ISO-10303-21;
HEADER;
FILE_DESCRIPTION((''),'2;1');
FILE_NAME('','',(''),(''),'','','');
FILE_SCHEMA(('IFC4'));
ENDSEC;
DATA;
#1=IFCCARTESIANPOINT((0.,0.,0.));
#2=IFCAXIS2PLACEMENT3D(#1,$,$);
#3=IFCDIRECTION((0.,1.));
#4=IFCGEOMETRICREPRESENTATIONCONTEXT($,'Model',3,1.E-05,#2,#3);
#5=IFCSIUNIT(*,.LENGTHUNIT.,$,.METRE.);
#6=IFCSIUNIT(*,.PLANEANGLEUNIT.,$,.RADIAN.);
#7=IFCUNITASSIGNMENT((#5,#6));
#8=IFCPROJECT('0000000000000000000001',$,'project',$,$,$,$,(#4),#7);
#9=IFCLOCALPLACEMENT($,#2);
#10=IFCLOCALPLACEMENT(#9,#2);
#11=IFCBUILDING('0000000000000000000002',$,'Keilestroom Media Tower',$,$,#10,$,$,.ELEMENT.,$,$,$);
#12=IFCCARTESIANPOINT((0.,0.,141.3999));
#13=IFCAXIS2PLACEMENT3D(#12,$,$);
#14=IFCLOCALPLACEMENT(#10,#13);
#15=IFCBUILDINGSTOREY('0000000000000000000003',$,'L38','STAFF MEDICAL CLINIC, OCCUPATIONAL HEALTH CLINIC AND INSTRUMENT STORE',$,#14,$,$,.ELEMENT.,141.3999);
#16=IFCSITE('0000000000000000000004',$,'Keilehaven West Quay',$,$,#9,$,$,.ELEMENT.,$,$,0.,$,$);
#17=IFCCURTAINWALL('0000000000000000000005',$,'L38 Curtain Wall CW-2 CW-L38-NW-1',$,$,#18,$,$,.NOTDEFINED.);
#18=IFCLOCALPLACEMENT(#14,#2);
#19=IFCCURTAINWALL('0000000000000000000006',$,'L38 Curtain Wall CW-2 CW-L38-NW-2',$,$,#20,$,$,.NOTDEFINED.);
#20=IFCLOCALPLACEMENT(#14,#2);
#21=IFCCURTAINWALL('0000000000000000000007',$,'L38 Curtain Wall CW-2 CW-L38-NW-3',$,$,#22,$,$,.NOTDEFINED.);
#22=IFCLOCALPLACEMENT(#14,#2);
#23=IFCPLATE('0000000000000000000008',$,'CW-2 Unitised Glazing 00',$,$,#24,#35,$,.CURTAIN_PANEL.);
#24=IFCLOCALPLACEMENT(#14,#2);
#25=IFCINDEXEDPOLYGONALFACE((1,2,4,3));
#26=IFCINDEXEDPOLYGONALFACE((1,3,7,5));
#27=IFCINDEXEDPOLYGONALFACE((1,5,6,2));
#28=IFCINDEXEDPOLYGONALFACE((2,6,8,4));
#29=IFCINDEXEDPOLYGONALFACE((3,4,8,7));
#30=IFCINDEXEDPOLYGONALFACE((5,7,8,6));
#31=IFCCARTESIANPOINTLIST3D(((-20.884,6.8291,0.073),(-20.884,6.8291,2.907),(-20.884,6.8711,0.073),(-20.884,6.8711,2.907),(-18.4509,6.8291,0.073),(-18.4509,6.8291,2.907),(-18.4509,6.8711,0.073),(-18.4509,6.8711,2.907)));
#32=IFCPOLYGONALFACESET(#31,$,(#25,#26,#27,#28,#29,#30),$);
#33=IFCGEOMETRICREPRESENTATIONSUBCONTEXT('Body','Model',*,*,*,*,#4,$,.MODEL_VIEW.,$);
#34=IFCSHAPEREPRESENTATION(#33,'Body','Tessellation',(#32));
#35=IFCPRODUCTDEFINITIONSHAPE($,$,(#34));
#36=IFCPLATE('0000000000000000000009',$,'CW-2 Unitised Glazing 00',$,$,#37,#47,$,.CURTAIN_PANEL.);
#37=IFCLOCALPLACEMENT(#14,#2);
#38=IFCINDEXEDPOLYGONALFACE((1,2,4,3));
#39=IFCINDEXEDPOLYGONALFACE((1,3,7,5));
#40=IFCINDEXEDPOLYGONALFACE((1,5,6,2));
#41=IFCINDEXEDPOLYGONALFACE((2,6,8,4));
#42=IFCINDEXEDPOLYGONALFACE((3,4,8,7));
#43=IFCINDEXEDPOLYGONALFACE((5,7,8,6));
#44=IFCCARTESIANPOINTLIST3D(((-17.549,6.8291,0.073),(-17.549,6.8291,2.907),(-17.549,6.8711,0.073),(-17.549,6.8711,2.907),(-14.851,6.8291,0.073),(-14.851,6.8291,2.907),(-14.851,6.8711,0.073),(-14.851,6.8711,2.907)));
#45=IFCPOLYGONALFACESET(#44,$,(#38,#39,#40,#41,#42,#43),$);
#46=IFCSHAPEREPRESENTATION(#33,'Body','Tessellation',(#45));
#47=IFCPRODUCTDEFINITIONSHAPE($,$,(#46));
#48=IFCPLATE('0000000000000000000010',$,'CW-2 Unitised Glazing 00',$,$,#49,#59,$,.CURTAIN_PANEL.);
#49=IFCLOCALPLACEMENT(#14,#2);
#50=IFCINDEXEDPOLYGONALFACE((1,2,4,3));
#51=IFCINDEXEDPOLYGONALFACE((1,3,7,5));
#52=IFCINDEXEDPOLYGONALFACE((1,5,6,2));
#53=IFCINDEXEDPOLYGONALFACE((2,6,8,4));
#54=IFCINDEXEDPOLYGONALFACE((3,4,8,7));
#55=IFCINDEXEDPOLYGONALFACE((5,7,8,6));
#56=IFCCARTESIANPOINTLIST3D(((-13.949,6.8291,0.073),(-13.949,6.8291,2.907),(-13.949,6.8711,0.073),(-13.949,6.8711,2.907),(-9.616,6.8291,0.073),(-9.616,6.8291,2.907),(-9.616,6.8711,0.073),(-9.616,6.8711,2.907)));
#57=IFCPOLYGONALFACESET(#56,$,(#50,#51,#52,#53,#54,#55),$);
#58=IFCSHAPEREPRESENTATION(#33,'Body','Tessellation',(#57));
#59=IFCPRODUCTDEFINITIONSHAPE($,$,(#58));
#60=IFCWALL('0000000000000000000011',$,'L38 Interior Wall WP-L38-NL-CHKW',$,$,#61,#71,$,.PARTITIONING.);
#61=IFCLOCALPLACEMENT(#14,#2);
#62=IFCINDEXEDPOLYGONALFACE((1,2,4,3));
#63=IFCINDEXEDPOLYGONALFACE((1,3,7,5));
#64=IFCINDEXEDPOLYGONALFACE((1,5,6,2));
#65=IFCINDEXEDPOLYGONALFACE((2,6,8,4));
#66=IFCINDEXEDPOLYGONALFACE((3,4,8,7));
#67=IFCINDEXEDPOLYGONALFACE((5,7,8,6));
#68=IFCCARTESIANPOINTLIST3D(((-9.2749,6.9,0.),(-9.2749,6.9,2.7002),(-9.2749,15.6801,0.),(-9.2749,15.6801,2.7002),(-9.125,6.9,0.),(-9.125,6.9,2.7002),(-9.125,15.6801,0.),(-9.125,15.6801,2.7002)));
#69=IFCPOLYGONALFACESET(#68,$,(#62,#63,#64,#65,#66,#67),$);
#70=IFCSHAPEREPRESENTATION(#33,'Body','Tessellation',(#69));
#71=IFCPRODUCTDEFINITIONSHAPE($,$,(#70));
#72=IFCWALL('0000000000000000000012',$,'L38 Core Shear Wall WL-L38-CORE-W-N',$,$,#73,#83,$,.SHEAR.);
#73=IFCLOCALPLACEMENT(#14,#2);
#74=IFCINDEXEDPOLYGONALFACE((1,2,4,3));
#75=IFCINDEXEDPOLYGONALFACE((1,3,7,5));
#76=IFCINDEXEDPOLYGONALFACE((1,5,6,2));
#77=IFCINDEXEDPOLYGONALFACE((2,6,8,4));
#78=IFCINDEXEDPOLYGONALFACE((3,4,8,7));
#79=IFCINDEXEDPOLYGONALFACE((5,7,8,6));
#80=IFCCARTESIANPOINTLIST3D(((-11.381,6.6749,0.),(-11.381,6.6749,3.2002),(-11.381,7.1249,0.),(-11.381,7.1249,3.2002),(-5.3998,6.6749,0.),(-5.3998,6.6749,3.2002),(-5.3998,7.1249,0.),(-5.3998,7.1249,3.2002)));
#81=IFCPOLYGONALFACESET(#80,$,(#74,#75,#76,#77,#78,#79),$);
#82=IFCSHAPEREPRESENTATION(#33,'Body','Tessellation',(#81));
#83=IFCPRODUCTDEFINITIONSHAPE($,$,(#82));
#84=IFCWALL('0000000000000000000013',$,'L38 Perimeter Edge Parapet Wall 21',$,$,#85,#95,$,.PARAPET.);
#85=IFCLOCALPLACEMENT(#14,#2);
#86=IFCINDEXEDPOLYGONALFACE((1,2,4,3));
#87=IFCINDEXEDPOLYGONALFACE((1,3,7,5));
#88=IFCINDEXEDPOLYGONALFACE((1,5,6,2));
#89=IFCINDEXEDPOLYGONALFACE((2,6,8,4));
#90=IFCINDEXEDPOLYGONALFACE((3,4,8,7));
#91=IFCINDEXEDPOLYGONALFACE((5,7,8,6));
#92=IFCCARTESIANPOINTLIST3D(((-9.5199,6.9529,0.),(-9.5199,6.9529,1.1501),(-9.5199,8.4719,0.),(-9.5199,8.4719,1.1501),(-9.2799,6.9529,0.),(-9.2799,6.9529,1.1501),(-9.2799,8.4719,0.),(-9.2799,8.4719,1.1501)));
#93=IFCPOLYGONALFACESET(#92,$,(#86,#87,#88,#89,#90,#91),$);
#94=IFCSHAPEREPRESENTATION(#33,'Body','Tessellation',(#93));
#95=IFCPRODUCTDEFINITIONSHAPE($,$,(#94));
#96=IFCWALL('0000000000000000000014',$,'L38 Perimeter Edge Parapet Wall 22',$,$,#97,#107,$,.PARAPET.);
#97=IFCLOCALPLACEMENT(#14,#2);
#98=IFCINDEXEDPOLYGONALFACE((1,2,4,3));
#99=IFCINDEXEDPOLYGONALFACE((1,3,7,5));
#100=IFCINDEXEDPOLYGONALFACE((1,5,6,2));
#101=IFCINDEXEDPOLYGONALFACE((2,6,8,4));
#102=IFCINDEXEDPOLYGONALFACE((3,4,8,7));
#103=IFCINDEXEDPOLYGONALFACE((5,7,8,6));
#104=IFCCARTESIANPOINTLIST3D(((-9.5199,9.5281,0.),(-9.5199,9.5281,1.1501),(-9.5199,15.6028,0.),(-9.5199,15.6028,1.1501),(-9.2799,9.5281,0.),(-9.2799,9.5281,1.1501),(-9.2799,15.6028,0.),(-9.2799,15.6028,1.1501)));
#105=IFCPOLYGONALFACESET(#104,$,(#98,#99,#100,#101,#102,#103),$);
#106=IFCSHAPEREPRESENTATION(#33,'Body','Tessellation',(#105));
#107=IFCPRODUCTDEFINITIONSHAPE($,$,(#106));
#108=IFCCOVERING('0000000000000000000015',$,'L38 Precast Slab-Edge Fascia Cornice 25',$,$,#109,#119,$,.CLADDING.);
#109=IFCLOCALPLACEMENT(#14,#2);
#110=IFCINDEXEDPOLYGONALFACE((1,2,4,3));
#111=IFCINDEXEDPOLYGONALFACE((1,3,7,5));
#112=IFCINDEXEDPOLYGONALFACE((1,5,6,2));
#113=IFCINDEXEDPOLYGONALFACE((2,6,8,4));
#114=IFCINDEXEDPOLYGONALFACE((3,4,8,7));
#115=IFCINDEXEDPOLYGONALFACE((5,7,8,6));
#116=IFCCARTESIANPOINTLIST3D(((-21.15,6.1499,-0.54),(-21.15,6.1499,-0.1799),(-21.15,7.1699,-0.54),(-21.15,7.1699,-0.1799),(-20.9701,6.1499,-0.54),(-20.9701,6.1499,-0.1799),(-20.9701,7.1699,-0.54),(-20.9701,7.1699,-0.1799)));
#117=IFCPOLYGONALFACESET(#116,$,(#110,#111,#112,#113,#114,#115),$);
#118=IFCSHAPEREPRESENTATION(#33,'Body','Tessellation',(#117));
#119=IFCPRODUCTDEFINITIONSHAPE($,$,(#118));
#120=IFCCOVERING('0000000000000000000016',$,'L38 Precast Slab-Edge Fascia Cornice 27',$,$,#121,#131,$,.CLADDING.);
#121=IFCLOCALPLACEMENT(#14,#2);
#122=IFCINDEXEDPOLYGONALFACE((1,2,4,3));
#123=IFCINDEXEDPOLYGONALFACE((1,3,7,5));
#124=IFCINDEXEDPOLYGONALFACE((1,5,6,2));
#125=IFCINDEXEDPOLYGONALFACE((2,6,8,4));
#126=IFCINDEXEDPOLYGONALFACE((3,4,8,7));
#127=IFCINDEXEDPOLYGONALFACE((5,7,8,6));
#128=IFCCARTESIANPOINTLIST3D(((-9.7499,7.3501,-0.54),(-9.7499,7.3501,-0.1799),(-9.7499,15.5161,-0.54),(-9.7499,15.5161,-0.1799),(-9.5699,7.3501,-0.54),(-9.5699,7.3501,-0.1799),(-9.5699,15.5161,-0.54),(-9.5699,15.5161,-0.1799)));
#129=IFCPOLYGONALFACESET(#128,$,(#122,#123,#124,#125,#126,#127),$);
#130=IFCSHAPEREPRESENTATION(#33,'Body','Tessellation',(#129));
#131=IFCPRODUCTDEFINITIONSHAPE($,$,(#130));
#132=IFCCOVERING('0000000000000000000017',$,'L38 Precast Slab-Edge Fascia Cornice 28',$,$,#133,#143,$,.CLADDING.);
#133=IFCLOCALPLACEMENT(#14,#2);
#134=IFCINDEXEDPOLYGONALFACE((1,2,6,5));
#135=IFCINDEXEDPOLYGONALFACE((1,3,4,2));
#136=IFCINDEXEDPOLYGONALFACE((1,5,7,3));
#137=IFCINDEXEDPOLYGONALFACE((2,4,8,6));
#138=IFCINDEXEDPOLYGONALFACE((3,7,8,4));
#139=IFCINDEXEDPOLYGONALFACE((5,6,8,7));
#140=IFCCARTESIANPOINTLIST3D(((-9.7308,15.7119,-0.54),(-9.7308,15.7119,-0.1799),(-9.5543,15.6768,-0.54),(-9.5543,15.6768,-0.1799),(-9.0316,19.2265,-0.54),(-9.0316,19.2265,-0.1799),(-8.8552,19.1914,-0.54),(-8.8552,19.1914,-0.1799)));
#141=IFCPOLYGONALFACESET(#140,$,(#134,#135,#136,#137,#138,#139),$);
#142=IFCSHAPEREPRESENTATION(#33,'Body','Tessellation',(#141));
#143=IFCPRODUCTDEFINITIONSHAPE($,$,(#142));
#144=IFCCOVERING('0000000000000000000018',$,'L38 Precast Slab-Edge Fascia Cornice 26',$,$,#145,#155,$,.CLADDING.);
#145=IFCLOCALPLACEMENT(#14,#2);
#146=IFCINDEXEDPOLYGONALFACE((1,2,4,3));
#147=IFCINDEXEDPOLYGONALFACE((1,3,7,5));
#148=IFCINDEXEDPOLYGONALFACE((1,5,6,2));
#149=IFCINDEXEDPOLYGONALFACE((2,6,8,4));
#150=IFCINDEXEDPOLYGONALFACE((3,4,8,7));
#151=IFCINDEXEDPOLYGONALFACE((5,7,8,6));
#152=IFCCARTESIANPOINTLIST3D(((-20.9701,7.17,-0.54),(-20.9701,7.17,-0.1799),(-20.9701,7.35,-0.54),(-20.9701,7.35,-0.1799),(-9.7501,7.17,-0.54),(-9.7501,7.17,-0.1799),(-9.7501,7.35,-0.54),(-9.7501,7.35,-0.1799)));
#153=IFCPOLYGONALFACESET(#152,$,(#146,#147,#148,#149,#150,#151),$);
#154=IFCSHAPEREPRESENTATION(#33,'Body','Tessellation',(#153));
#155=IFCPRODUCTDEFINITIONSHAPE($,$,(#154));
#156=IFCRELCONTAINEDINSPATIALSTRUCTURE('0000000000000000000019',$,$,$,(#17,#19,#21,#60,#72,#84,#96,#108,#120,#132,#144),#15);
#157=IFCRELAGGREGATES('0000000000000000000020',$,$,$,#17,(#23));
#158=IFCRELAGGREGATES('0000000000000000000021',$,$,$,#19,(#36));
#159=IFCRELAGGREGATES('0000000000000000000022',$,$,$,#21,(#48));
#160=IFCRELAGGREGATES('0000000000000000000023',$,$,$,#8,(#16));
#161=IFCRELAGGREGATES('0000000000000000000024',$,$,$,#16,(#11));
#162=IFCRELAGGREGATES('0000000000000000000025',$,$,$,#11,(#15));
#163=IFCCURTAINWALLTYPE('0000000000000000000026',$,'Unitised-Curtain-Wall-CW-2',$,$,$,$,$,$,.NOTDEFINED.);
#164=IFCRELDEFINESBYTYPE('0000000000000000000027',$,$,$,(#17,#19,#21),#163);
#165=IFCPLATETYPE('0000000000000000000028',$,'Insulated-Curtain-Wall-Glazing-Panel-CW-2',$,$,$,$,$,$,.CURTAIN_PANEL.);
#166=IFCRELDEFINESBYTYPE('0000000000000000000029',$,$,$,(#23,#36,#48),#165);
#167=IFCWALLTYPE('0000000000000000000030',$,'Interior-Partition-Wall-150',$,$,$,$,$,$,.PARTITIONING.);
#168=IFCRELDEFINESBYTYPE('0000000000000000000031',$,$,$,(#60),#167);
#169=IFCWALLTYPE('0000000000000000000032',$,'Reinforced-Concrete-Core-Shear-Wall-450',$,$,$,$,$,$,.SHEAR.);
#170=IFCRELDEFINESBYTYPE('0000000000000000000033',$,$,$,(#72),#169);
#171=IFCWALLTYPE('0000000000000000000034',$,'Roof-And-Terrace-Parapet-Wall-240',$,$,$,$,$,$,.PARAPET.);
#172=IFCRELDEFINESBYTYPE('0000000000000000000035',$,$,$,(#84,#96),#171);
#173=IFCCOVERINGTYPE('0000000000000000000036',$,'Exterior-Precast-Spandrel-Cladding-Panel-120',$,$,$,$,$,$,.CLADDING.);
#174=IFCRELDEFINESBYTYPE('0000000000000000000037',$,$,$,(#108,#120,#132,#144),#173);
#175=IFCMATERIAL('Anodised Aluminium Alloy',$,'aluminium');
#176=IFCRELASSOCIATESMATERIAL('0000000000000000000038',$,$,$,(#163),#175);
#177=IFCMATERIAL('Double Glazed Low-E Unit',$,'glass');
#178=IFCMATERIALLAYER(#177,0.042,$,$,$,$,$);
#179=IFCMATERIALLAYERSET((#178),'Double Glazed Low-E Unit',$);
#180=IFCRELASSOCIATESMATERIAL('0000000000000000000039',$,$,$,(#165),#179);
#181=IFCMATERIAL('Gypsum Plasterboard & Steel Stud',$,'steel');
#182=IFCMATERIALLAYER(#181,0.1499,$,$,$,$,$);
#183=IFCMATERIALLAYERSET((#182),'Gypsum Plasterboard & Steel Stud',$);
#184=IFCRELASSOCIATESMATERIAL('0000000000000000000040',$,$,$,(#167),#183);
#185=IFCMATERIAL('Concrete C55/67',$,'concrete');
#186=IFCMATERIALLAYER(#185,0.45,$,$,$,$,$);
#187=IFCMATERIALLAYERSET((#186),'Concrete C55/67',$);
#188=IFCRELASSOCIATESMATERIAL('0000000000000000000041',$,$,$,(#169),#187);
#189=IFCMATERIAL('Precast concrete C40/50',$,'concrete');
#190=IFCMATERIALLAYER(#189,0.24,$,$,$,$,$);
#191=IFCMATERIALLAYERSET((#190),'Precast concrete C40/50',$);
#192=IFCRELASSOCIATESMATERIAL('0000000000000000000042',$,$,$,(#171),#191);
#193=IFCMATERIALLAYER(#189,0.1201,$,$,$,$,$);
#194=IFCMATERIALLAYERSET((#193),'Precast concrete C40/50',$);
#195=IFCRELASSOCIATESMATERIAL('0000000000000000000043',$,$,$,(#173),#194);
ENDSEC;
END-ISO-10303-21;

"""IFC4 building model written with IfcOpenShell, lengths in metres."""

from ifc_helpers import new_model, si_unit, direction, frame, frame_2d, origin, origin_2d, place, context, subcontext, project, spatial, rectangle, extrude, source, transform, mapped, material, layer, layer_set, type_object, element, aggregate, save


model = new_model("IFC4")

# Units and contexts
model_context = context("Model", 3, precision=1e-05, world=origin(), true_north=direction((0.0, 1.0)))
body_context = subcontext(model_context, "Body", "Model", "MODEL_VIEW")
ifc_project = project(units=[si_unit("LENGTHUNIT", "METRE"), si_unit("PLANEANGLEUNIT", "RADIAN")], contexts=[model_context])

# Site, building, storey
site_placement = place(None, origin())
site = spatial("IfcSite", under=ifc_project, at=site_placement, Name="Keilehaven West Quay", CompositionType="ELEMENT", RefElevation=0.0)
building_placement = place(site_placement, origin())
building = spatial("IfcBuilding", under=site, at=building_placement, Name="Keilestroom Media Tower", CompositionType="ELEMENT")
storey_placement = place(building_placement, frame((0.0, 0.0, 141.3999)))
storey = spatial("IfcBuildingStorey", under=building, at=storey_placement, Name="L38", Description="STAFF MEDICAL CLINIC, OCCUPATIONAL HEALTH CLINIC AND INSTRUMENT STORE", CompositionType="ELEMENT", Elevation=141.3999)

# Shared definitions
ifc_material_1 = material(Name="Precast concrete C40/50", Category="concrete")
ifc_material_2 = material(Name="Concrete C55/67", Category="concrete")

# Curtain walls
ifc_material_3 = material(Name="Anodised Aluminium Alloy", Category="aluminium")
curtain_wall_type = type_object("IfcCurtainWallType", Name="Unitised-Curtain-Wall-CW-2", PredefinedType="NOTDEFINED", material=ifc_material_3)
curtain_wall_1_placement = place(storey_placement, origin())
curtain_wall_1 = element("IfcCurtainWall", 1, at=curtain_wall_1_placement, inside=storey, type_object=curtain_wall_type, Name="L38 Curtain Wall CW-2 CW-L38-NW-1", PredefinedType="NOTDEFINED")
curtain_wall_2_placement = place(storey_placement, origin())
curtain_wall_2 = element("IfcCurtainWall", 2, at=curtain_wall_2_placement, inside=storey, type_object=curtain_wall_type, Name="L38 Curtain Wall CW-2 CW-L38-NW-2", PredefinedType="NOTDEFINED")
curtain_wall_3_placement = place(storey_placement, origin())
curtain_wall_3 = element("IfcCurtainWall", 3, at=curtain_wall_3_placement, inside=storey, type_object=curtain_wall_type, Name="L38 Curtain Wall CW-2 CW-L38-NW-3", PredefinedType="NOTDEFINED")

# Plates
ifc_material_4 = material(Name="Double Glazed Low-E Unit", Category="glass")
ifc_layer_1 = layer(ifc_material_4, 0.042)
ifc_layer_set_1 = layer_set([ifc_layer_1], Name="Double Glazed Low-E Unit")
plate_type = type_object("IfcPlateType", Name="Insulated-Curtain-Wall-Glazing-Panel-CW-2", PredefinedType="CURTAIN_PANEL", material=ifc_layer_set_1)
shared_shape_1 = source(origin(), body_context, "Body", "SweptSolid", [
    extrude(rectangle(XDim=2.4331, YDim=0.042, at=origin_2d()), origin(), (0.0, 0.0, 1.0), 2.834),
])
plate_1_placement = place(storey_placement, frame((-19.6675, 6.8501, 0.073), z_axis=(0.0, 0.0, 1.0), x_axis=(1.0, 0.0, 0.0)))
plate_1 = element("IfcPlate", 4, at=plate_1_placement, type_object=plate_type, Name="CW-2 Unitised Glazing 00", PredefinedType="CURTAIN_PANEL", context=body_context, shape_type="MappedRepresentation", body=[
    mapped(shared_shape_1, transform((0.0, 0.0, 0.0), x_axis=(1.0, 0.0, 0.0), y_axis=(0.0, 1.0, 0.0), z_axis=(0.0, 0.0, 1.0), scale=1.0)),
])
aggregate(curtain_wall_1, [plate_1])
shared_shape_2 = source(origin(), body_context, "Body", "SweptSolid", [
    extrude(rectangle(XDim=2.698, YDim=0.042, at=origin_2d()), origin(), (0.0, 0.0, 1.0), 2.834),
])
plate_2_placement = place(storey_placement, frame((-16.2, 6.8501, 0.073), z_axis=(0.0, 0.0, 1.0), x_axis=(1.0, 0.0, 0.0)))
plate_2 = element("IfcPlate", 5, at=plate_2_placement, type_object=plate_type, Name="CW-2 Unitised Glazing 00", PredefinedType="CURTAIN_PANEL", context=body_context, shape_type="MappedRepresentation", body=[
    mapped(shared_shape_2, transform((0.0, 0.0, 0.0), x_axis=(1.0, 0.0, 0.0), y_axis=(0.0, 1.0, 0.0), z_axis=(0.0, 0.0, 1.0), scale=1.0)),
])
aggregate(curtain_wall_2, [plate_2])
shared_shape_3 = source(origin(), body_context, "Body", "SweptSolid", [
    extrude(rectangle(XDim=4.333, YDim=0.042, at=origin_2d()), origin(), (0.0, 0.0, 1.0), 2.834),
])
plate_3_placement = place(storey_placement, frame((-11.7825, 6.8501, 0.073), z_axis=(0.0, 0.0, 1.0), x_axis=(1.0, 0.0, 0.0)))
plate_3 = element("IfcPlate", 6, at=plate_3_placement, type_object=plate_type, Name="CW-2 Unitised Glazing 00", PredefinedType="CURTAIN_PANEL", context=body_context, shape_type="MappedRepresentation", body=[
    mapped(shared_shape_3, transform((0.0, 0.0, 0.0), x_axis=(1.0, 0.0, 0.0), y_axis=(0.0, 1.0, 0.0), z_axis=(0.0, 0.0, 1.0), scale=1.0)),
])
aggregate(curtain_wall_3, [plate_3])

# Walls
ifc_material_5 = material(Name="Gypsum Plasterboard & Steel Stud", Category="steel")
ifc_layer_2 = layer(ifc_material_5, 0.1499)
ifc_layer_set_2 = layer_set([ifc_layer_2], Name="Gypsum Plasterboard & Steel Stud")
wall_type_1 = type_object("IfcWallType", Name="Interior-Partition-Wall-150", PredefinedType="PARTITIONING", material=ifc_layer_set_2)
wall_1_placement = place(storey_placement, frame((-9.2, 6.8999, 0.0), z_axis=(0.0, 0.0, 1.0), x_axis=(0.0, 1.0, 0.0)))
element("IfcWall", 7, at=wall_1_placement, inside=storey, type_object=wall_type_1, Name="L38 Interior Wall WP-L38-NL-CHKW", PredefinedType="PARTITIONING", context=body_context, shape_type="SweptSolid", body=[
    extrude(rectangle(XDim=8.78, YDim=0.1499, at=frame_2d((4.3901, 0.0))), origin(), (0.0, 0.0, 1.0), 2.7002),
])
ifc_layer_3 = layer(ifc_material_2, 0.45)
ifc_layer_set_3 = layer_set([ifc_layer_3], Name="Concrete C55/67")
wall_type_2 = type_object("IfcWallType", Name="Reinforced-Concrete-Core-Shear-Wall-450", PredefinedType="SHEAR", material=ifc_layer_set_3)
wall_2_placement = place(storey_placement, frame((-11.3811, 6.8999, 0.0), z_axis=(0.0, 0.0, 1.0), x_axis=(1.0, 0.0, 0.0)))
element("IfcWall", 8, at=wall_2_placement, inside=storey, type_object=wall_type_2, Name="L38 Core Shear Wall WL-L38-CORE-W-N", PredefinedType="SHEAR", context=body_context, shape_type="SweptSolid", body=[
    extrude(rectangle(XDim=5.9812, YDim=0.45, at=frame_2d((2.9907, 0.0))), origin(), (0.0, 0.0, 1.0), 3.2002),
])
ifc_layer_4 = layer(ifc_material_1, 0.24)
ifc_layer_set_4 = layer_set([ifc_layer_4], Name="Precast concrete C40/50")
wall_type_3 = type_object("IfcWallType", Name="Roof-And-Terrace-Parapet-Wall-240", PredefinedType="PARAPET", material=ifc_layer_set_4)
wall_3_placement = place(storey_placement, frame((-9.3999, 6.9529, 0.0), z_axis=(0.0, 0.0, 1.0), x_axis=(0.0, 1.0, 0.0)))
element("IfcWall", 9, at=wall_3_placement, inside=storey, type_object=wall_type_3, Name="L38 Perimeter Edge Parapet Wall 21", PredefinedType="PARAPET", context=body_context, shape_type="SweptSolid", body=[
    extrude(rectangle(XDim=1.519, YDim=0.24, at=frame_2d((0.7595, 0.0))), origin(), (0.0, 0.0, 1.0), 1.1501),
])
wall_4_placement = place(storey_placement, frame((-9.3999, 9.5281, 0.0), z_axis=(0.0, 0.0, 1.0), x_axis=(0.0, 1.0, 0.0)))
element("IfcWall", 10, at=wall_4_placement, inside=storey, type_object=wall_type_3, Name="L38 Perimeter Edge Parapet Wall 22", PredefinedType="PARAPET", context=body_context, shape_type="SweptSolid", body=[
    extrude(rectangle(XDim=6.0747, YDim=0.24, at=frame_2d((3.0374, 0.0))), origin(), (0.0, 0.0, 1.0), 1.1501),
])

# Coverings
ifc_layer_5 = layer(ifc_material_1, 0.1201)
ifc_layer_set_5 = layer_set([ifc_layer_5], Name="Precast concrete C40/50")
covering_type = type_object("IfcCoveringType", Name="Exterior-Precast-Spandrel-Cladding-Panel-120", PredefinedType="CLADDING", material=ifc_layer_set_5)
shared_shape_4 = source(origin(), body_context, "Body", "SweptSolid", [
    extrude(rectangle(XDim=1.02, YDim=0.1799, at=origin_2d()), origin(), (0.0, 0.0, 1.0), 0.3601),
])
covering_1_placement = place(storey_placement, frame((-21.0601, 6.6599, -0.54), z_axis=(0.0, 0.0, 1.0), x_axis=(0.0, 1.0, 0.0)))
element("IfcCovering", 11, at=covering_1_placement, inside=storey, type_object=covering_type, Name="L38 Precast Slab-Edge Fascia Cornice 25", PredefinedType="CLADDING", context=body_context, shape_type="MappedRepresentation", body=[
    mapped(shared_shape_4, transform((0.0, 0.0, 0.0), x_axis=(1.0, 0.0, 0.0), y_axis=(0.0, 1.0, 0.0), z_axis=(0.0, 0.0, 1.0), scale=1.0)),
])
shared_shape_5 = source(origin(), body_context, "Body", "SweptSolid", [
    extrude(rectangle(XDim=8.166, YDim=0.1799, at=origin_2d()), origin(), (0.0, 0.0, 1.0), 0.3601),
])
covering_2_placement = place(storey_placement, frame((-9.6599, 11.4331, -0.54), z_axis=(0.0, 0.0, 1.0), x_axis=(0.0, 1.0, 0.0)))
element("IfcCovering", 12, at=covering_2_placement, inside=storey, type_object=covering_type, Name="L38 Precast Slab-Edge Fascia Cornice 27", PredefinedType="CLADDING", context=body_context, shape_type="MappedRepresentation", body=[
    mapped(shared_shape_5, transform((0.0, 0.0, 0.0), x_axis=(1.0, 0.0, 0.0), y_axis=(0.0, 1.0, 0.0), z_axis=(0.0, 0.0, 1.0), scale=1.0)),
])
shared_shape_6 = source(origin(), body_context, "Body", "SweptSolid", [
    extrude(rectangle(XDim=3.5835, YDim=0.1799, at=origin_2d()), origin(), (0.0, 0.0, 1.0), 0.3601),
])
covering_3_placement = place(storey_placement, frame((-9.293, 17.4517, -0.54), z_axis=(0.0, 0.0, 1.0), x_axis=(0.195099, 0.980784, 0.0)))
element("IfcCovering", 13, at=covering_3_placement, inside=storey, type_object=covering_type, Name="L38 Precast Slab-Edge Fascia Cornice 28", PredefinedType="CLADDING", context=body_context, shape_type="MappedRepresentation", body=[
    mapped(shared_shape_6, transform((0.0, 0.0, 0.0), x_axis=(1.0, 0.0, 0.0), y_axis=(0.0, 1.0, 0.0), z_axis=(0.0, 0.0, 1.0), scale=1.0)),
])
shared_shape_7 = source(origin(), body_context, "Body", "SweptSolid", [
    extrude(rectangle(XDim=11.22, YDim=0.1799, at=origin_2d()), origin(), (0.0, 0.0, 1.0), 0.3601),
])
covering_4_placement = place(storey_placement, frame((-15.3601, 7.26, -0.54), z_axis=(0.0, 0.0, 1.0), x_axis=(1.0, 0.0, 0.0)))
element("IfcCovering", 14, at=covering_4_placement, inside=storey, type_object=covering_type, Name="L38 Precast Slab-Edge Fascia Cornice 26", PredefinedType="CLADDING", context=body_context, shape_type="MappedRepresentation", body=[
    mapped(shared_shape_7, transform((0.0, 0.0, 0.0), x_axis=(1.0, 0.0, 0.0), y_axis=(0.0, 1.0, 0.0), z_axis=(0.0, 0.0, 1.0), scale=1.0)),
])

save(model, "model.ifc")
